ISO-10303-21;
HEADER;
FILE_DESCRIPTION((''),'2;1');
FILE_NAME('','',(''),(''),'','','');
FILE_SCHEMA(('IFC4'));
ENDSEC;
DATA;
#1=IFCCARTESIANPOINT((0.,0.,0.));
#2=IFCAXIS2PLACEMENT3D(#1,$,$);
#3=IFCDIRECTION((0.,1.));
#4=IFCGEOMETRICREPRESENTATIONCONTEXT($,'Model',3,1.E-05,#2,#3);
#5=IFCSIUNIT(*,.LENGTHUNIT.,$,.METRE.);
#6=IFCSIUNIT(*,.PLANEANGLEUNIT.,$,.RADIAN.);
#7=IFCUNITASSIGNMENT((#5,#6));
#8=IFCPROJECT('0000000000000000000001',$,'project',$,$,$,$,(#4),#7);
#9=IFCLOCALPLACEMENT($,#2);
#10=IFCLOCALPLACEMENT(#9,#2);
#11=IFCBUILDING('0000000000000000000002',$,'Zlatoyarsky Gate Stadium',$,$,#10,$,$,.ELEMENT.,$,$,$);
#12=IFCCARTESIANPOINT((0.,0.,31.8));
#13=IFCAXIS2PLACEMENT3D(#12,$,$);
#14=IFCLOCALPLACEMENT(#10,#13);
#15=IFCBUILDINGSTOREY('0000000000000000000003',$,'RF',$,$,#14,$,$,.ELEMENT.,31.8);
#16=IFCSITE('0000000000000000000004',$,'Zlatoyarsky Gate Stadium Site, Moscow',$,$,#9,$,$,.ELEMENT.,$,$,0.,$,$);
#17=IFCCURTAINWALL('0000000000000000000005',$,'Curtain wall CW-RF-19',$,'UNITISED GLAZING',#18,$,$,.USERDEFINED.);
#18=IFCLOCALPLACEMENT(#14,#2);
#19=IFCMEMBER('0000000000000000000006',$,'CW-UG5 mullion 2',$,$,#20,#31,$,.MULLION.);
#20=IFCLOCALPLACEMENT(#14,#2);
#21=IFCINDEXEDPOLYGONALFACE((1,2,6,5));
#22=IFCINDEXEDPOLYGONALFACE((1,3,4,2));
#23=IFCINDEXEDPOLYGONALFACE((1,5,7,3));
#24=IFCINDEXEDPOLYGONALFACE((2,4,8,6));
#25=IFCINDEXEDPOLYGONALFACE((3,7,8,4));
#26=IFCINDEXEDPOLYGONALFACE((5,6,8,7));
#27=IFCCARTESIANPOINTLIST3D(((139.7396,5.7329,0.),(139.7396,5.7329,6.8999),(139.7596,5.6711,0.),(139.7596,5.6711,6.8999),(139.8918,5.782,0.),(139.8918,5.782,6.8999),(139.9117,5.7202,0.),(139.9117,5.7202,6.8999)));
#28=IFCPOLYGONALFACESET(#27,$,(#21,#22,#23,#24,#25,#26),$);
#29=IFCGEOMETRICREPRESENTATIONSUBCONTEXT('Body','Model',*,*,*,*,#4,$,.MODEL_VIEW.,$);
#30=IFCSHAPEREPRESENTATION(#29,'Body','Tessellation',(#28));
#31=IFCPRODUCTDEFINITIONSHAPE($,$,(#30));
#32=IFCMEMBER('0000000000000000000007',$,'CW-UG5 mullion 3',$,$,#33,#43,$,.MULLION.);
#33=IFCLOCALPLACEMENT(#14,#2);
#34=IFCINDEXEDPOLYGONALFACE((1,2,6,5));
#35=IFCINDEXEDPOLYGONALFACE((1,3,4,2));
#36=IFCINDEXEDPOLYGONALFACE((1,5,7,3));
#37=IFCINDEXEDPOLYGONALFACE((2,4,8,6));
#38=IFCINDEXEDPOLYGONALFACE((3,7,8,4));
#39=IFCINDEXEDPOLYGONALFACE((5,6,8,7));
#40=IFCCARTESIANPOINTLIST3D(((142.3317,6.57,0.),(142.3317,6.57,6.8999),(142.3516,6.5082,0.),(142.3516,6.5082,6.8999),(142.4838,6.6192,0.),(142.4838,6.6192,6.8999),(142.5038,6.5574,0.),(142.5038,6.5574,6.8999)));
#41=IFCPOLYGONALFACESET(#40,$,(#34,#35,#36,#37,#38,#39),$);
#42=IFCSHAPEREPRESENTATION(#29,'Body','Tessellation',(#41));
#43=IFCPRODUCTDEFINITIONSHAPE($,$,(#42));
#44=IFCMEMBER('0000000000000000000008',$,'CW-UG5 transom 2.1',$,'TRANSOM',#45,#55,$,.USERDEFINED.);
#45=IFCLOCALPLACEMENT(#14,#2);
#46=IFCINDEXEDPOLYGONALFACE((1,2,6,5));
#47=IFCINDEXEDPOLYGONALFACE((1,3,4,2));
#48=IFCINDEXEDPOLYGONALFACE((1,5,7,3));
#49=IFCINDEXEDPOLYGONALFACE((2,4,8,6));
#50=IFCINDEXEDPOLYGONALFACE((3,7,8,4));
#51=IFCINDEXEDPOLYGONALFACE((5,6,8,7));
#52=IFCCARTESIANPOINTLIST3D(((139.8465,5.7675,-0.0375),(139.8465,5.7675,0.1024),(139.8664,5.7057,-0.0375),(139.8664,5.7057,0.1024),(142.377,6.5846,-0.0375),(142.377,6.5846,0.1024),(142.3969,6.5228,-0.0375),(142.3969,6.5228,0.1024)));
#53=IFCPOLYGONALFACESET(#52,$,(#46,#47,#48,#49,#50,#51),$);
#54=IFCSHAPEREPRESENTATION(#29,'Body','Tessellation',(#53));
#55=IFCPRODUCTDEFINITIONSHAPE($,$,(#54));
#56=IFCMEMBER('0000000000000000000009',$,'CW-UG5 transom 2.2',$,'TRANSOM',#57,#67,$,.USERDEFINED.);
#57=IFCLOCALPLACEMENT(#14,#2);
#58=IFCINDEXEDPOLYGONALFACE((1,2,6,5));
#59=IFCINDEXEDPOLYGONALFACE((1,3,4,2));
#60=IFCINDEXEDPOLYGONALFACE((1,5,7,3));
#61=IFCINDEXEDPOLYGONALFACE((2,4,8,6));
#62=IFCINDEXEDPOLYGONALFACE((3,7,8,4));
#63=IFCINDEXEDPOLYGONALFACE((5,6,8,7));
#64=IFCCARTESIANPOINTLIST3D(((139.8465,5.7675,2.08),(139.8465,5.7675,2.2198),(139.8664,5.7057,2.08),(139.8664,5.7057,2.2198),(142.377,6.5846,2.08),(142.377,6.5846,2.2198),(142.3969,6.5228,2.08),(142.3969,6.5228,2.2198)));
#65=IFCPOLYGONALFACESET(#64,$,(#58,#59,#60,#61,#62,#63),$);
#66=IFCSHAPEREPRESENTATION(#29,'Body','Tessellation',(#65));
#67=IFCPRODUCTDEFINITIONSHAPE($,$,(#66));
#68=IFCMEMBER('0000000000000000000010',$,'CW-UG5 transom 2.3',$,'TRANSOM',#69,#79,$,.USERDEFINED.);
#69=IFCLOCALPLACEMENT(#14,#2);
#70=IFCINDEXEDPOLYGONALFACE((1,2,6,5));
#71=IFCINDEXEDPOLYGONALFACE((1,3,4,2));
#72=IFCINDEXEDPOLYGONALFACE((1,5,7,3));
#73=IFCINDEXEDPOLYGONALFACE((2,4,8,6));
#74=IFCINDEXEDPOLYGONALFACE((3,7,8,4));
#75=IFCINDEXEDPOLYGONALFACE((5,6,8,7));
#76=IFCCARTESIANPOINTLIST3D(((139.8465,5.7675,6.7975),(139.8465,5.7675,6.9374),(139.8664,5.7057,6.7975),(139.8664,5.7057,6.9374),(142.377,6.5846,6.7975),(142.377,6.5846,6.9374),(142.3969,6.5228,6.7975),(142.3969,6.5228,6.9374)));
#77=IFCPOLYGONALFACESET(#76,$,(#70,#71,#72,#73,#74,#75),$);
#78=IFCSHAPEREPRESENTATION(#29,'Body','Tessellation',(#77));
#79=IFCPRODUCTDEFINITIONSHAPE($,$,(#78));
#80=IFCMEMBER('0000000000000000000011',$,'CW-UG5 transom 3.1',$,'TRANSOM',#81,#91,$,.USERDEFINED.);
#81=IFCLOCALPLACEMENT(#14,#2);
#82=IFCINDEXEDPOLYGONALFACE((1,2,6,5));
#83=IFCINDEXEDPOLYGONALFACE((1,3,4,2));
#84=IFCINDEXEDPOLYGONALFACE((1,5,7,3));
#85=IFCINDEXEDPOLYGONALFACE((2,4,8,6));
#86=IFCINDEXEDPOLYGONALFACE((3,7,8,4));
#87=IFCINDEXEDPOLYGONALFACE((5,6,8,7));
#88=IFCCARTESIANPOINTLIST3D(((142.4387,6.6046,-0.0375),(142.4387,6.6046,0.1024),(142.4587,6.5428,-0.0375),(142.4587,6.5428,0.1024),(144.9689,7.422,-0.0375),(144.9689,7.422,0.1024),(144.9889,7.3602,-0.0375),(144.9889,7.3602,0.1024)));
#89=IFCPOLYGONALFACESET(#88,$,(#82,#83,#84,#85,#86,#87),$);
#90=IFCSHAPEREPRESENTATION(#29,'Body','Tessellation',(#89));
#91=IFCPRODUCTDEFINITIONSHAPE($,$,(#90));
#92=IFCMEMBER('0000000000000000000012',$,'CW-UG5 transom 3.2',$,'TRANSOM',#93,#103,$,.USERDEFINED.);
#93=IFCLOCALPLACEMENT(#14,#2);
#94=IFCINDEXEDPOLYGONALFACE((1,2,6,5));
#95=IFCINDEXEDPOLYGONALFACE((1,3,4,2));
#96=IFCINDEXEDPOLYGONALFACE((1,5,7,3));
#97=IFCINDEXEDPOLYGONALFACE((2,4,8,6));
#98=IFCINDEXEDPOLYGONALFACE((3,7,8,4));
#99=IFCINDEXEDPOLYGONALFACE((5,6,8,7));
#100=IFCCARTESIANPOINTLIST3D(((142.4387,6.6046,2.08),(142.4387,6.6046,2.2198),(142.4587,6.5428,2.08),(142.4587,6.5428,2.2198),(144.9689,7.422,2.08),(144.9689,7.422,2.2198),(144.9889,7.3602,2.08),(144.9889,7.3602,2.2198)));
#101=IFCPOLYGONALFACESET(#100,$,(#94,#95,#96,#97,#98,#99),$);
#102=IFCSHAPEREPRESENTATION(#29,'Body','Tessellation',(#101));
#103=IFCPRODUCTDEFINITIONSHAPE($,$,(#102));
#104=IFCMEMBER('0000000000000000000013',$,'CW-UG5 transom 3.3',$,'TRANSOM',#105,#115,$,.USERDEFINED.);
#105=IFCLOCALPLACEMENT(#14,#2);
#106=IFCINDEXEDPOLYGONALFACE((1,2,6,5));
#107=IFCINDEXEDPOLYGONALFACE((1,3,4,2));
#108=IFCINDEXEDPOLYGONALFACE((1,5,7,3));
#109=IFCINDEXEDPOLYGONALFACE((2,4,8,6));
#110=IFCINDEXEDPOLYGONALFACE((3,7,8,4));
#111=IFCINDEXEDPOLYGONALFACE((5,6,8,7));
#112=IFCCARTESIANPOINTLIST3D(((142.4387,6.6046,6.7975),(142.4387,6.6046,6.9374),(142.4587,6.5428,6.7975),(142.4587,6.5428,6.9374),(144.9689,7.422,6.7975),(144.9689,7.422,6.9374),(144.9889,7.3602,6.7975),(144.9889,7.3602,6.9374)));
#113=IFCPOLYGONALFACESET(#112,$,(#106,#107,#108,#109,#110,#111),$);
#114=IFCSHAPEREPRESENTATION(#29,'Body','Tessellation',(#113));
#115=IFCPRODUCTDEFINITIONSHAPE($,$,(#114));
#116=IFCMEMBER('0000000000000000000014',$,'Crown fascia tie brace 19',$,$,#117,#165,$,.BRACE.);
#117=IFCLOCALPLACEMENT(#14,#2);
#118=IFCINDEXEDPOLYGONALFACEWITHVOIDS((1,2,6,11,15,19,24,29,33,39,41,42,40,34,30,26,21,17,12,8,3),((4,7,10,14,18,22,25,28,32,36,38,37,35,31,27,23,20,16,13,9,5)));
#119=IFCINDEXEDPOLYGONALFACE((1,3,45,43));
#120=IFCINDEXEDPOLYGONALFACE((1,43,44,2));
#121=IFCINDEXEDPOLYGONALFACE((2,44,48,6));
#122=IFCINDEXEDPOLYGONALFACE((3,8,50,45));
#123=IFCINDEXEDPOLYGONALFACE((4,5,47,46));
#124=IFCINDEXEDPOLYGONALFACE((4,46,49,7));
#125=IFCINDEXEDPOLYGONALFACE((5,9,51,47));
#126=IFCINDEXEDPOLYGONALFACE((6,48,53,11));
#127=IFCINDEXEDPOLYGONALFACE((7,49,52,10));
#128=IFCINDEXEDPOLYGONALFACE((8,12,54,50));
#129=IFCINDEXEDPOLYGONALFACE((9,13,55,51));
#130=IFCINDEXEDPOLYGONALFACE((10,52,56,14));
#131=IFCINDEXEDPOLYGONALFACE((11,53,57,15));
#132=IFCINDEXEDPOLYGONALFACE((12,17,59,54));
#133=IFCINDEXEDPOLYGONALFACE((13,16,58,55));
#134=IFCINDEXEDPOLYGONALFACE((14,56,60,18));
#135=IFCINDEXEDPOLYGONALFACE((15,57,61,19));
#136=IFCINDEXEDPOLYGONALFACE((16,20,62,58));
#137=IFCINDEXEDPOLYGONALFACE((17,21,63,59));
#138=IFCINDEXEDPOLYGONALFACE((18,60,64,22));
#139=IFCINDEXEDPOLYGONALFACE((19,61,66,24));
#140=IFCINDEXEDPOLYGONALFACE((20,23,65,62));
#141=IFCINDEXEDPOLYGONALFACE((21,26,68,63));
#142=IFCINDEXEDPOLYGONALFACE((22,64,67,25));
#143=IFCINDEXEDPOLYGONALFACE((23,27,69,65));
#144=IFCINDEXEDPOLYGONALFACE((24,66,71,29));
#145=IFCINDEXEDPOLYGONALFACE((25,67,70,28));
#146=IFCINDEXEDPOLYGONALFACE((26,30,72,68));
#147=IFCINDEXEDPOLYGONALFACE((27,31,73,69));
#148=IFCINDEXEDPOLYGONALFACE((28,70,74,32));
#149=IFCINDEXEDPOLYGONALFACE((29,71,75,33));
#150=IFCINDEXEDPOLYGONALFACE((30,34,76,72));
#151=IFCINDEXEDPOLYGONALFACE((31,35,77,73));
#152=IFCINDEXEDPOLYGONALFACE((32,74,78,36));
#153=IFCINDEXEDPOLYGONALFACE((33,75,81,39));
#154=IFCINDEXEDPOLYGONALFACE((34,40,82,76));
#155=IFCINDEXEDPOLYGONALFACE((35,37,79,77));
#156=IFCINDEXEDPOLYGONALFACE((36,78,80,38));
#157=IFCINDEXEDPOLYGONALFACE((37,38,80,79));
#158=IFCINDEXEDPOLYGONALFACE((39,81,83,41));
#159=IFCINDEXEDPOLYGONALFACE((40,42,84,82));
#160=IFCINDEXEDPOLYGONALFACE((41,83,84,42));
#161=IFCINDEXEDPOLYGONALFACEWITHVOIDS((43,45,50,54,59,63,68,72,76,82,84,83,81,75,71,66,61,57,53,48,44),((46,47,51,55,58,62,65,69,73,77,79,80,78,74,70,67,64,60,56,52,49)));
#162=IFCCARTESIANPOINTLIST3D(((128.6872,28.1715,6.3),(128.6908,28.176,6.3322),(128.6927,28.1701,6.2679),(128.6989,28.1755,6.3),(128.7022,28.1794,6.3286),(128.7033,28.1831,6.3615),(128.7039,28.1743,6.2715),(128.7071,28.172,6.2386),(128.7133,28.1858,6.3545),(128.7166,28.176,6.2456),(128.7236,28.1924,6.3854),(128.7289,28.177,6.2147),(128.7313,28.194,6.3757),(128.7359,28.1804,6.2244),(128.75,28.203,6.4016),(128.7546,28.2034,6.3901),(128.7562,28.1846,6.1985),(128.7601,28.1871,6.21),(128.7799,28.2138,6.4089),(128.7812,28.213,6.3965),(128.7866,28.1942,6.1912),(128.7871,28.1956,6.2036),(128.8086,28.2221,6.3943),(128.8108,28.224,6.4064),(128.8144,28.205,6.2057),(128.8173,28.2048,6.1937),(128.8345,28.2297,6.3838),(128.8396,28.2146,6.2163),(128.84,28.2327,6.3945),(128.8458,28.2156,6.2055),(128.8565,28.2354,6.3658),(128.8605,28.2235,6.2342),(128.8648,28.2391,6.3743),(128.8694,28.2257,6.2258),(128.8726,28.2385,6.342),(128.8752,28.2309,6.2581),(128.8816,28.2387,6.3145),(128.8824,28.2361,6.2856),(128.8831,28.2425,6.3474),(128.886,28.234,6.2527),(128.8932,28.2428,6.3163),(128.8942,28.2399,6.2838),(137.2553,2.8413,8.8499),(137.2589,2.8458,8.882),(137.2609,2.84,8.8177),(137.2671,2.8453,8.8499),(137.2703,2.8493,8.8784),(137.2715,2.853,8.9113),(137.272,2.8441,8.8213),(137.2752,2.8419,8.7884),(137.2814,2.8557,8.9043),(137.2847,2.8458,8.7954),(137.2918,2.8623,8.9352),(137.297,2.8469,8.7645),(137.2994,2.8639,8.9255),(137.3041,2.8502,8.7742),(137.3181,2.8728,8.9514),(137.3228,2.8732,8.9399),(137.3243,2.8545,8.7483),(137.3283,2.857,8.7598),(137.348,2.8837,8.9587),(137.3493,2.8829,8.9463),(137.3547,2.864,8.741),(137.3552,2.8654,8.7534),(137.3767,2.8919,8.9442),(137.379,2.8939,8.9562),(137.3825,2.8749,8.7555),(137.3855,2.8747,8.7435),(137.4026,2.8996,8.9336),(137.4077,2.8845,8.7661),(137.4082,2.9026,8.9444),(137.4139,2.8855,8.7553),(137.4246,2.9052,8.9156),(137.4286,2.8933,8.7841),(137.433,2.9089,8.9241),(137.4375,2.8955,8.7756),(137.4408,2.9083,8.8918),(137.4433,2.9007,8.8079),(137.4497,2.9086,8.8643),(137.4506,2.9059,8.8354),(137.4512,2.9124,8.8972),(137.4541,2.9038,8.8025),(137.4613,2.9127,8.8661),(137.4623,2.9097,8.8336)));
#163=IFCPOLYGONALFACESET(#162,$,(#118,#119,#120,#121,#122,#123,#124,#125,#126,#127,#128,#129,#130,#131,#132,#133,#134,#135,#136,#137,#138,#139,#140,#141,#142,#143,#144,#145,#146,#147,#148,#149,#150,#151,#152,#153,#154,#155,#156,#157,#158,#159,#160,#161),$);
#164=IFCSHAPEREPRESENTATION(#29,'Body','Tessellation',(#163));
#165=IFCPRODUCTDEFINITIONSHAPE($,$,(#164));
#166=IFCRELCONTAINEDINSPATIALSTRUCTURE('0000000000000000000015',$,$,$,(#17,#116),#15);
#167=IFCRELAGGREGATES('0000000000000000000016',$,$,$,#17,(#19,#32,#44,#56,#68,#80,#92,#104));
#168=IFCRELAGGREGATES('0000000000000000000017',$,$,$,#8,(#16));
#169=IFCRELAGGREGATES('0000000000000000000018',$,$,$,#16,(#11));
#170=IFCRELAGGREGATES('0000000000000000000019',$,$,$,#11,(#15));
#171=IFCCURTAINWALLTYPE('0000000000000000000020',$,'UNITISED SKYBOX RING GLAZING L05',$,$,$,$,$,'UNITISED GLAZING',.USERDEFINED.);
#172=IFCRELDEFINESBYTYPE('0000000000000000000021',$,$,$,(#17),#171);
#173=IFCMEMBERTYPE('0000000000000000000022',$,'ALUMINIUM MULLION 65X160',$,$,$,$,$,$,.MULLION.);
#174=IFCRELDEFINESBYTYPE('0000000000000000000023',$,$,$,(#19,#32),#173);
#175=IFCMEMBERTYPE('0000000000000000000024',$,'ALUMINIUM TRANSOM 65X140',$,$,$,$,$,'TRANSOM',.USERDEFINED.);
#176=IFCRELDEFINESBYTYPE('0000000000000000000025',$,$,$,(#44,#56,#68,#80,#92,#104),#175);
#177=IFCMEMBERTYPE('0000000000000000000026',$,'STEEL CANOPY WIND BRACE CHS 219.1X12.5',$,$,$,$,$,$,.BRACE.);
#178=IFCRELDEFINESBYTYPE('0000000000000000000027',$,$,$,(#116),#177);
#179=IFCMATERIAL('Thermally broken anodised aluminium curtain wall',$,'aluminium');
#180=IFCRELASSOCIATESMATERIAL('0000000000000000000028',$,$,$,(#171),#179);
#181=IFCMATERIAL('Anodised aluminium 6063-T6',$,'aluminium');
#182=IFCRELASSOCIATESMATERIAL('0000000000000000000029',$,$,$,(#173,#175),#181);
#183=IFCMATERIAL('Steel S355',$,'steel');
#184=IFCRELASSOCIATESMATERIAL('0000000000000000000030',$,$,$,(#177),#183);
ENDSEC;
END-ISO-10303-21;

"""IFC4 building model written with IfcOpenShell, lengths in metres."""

from ifc_helpers import new_model, si_unit, direction, frame, origin, origin_2d, place, context, subcontext, project, spatial, rectangle, hollow_circle, extrude, material, material_profile, profile_set, type_object, element, aggregate, save


model = new_model("IFC4")

# Units and contexts
model_context = context("Model", 3, precision=1e-05, world=origin(), true_north=direction((0.0, 1.0)))
body_context = subcontext(model_context, "Body", "Model", "MODEL_VIEW")
ifc_project = project(units=[si_unit("LENGTHUNIT", "METRE"), si_unit("PLANEANGLEUNIT", "RADIAN")], contexts=[model_context])

# Site, building, storey
site_placement = place(None, origin())
site = spatial("IfcSite", under=ifc_project, at=site_placement, Name="Zlatoyarsky Gate Stadium Site, Moscow", CompositionType="ELEMENT", RefElevation=0.0)
building_placement = place(site_placement, origin())
building = spatial("IfcBuilding", under=site, at=building_placement, Name="Zlatoyarsky Gate Stadium", CompositionType="ELEMENT")
storey_placement = place(building_placement, frame((0.0, 0.0, 31.8)))
storey = spatial("IfcBuildingStorey", under=building, at=storey_placement, Name="RF", CompositionType="ELEMENT", Elevation=31.8)

# Curtain wall, members
ifc_material_1 = material(Name="Thermally broken anodised aluminium curtain wall", Category="aluminium")
curtain_wall_type = type_object("IfcCurtainWallType", Name="UNITISED SKYBOX RING GLAZING L05", ElementType="UNITISED GLAZING", PredefinedType="USERDEFINED", material=ifc_material_1)
curtain_wall_placement = place(storey_placement, origin())
curtain_wall = element("IfcCurtainWall", 1, at=curtain_wall_placement, inside=storey, type_object=curtain_wall_type, Name="Curtain wall CW-RF-19", ObjectType="UNITISED GLAZING", PredefinedType="USERDEFINED")
ifc_material_2 = material(Name="Anodised aluminium 6063-T6", Category="aluminium")
ifc_material_profile_1 = material_profile(ifc_material_2, rectangle(XDim=0.0649, YDim=0.1599, at=origin_2d()), Name="ALU 65X160")
ifc_profile_set_1 = profile_set([ifc_material_profile_1], Name="Anodised aluminium 6063-T6")
member_type_1 = type_object("IfcMemberType", Name="ALUMINIUM MULLION 65X160", PredefinedType="MULLION", material=ifc_profile_set_1)
member_1_placement = place(storey_placement, frame((139.8257, 5.7266, 0.0), z_axis=(0.0, 0.0, 1.0), x_axis=(-0.307352, 0.951596, 0.0)))
member_1 = element("IfcMember", 2, at=member_1_placement, type_object=member_type_1, Name="CW-UG5 mullion 2", PredefinedType="MULLION", context=body_context, shape_type="SweptSolid", body=[
    extrude(rectangle(XDim=0.0649, YDim=0.1599, at=origin_2d()), origin(), (0.0, 0.0, 1.0), 6.8999),
])
member_2_placement = place(storey_placement, frame((142.4177, 6.5637, 0.0), z_axis=(0.0, 0.0, 1.0), x_axis=(-0.307352, 0.951596, 0.0)))
member_2 = element("IfcMember", 3, at=member_2_placement, type_object=member_type_1, Name="CW-UG5 mullion 3", PredefinedType="MULLION", context=body_context, shape_type="SweptSolid", body=[
    extrude(rectangle(XDim=0.0649, YDim=0.1599, at=origin_2d()), origin(), (0.0, 0.0, 1.0), 6.8999),
])
ifc_material_profile_2 = material_profile(ifc_material_2, rectangle(XDim=0.0649, YDim=0.1399, at=origin_2d()), Name="ALU 65X140")
ifc_profile_set_2 = profile_set([ifc_material_profile_2], Name="Anodised aluminium 6063-T6")
member_type_2 = type_object("IfcMemberType", Name="ALUMINIUM TRANSOM 65X140", ElementType="TRANSOM", PredefinedType="USERDEFINED", material=ifc_profile_set_2)
member_3_placement = place(storey_placement, frame((139.8564, 5.7366, 0.0325), z_axis=(0.951616, 0.30729, 0.0), x_axis=(-0.30729, 0.951616, 0.0)))
member_3 = element("IfcMember", 4, at=member_3_placement, type_object=member_type_2, Name="CW-UG5 transom 2.1", ObjectType="TRANSOM", PredefinedType="USERDEFINED", context=body_context, shape_type="SweptSolid", body=[
    extrude(rectangle(XDim=0.0649, YDim=0.1399, at=origin_2d()), origin(), (0.0, 0.0, 1.0), 2.6592),
])
member_4_placement = place(storey_placement, frame((139.8564, 5.7366, 2.1499), z_axis=(0.951616, 0.30729, 0.0), x_axis=(-0.30729, 0.951616, 0.0)))
member_4 = element("IfcMember", 5, at=member_4_placement, type_object=member_type_2, Name="CW-UG5 transom 2.2", ObjectType="TRANSOM", PredefinedType="USERDEFINED", context=body_context, shape_type="SweptSolid", body=[
    extrude(rectangle(XDim=0.0649, YDim=0.1399, at=origin_2d()), origin(), (0.0, 0.0, 1.0), 2.6592),
])
member_5_placement = place(storey_placement, frame((139.8564, 5.7366, 6.8674), z_axis=(0.951616, 0.30729, 0.0), x_axis=(-0.30729, 0.951616, 0.0)))
member_5 = element("IfcMember", 6, at=member_5_placement, type_object=member_type_2, Name="CW-UG5 transom 2.3", ObjectType="TRANSOM", PredefinedType="USERDEFINED", context=body_context, shape_type="SweptSolid", body=[
    extrude(rectangle(XDim=0.0649, YDim=0.1399, at=origin_2d()), origin(), (0.0, 0.0, 1.0), 2.6592),
])
member_6_placement = place(storey_placement, frame((142.4487, 6.5737, 0.0325), z_axis=(0.95158, 0.3074, 0.0), x_axis=(-0.3074, 0.95158, 0.0)))
member_6 = element("IfcMember", 7, at=member_6_placement, type_object=member_type_2, Name="CW-UG5 transom 3.1", ObjectType="TRANSOM", PredefinedType="USERDEFINED", context=body_context, shape_type="SweptSolid", body=[
    extrude(rectangle(XDim=0.0649, YDim=0.1399, at=origin_2d()), origin(), (0.0, 0.0, 1.0), 2.6589),
])
member_7_placement = place(storey_placement, frame((142.4487, 6.5737, 2.1499), z_axis=(0.95158, 0.3074, 0.0), x_axis=(-0.3074, 0.95158, 0.0)))
member_7 = element("IfcMember", 8, at=member_7_placement, type_object=member_type_2, Name="CW-UG5 transom 3.2", ObjectType="TRANSOM", PredefinedType="USERDEFINED", context=body_context, shape_type="SweptSolid", body=[
    extrude(rectangle(XDim=0.0649, YDim=0.1399, at=origin_2d()), origin(), (0.0, 0.0, 1.0), 2.6589),
])
member_8_placement = place(storey_placement, frame((142.4487, 6.5737, 6.8674), z_axis=(0.95158, 0.3074, 0.0), x_axis=(-0.3074, 0.95158, 0.0)))
member_8 = element("IfcMember", 9, at=member_8_placement, type_object=member_type_2, Name="CW-UG5 transom 3.3", ObjectType="TRANSOM", PredefinedType="USERDEFINED", context=body_context, shape_type="SweptSolid", body=[
    extrude(rectangle(XDim=0.0649, YDim=0.1399, at=origin_2d()), origin(), (0.0, 0.0, 1.0), 2.6589),
])

# Member
ifc_material_3 = material(Name="Steel S355", Category="steel")
ifc_material_profile_3 = material_profile(ifc_material_3, hollow_circle(Radius=0.1096, WallThickness=0.0125, at=origin_2d()), Name="CHS 219.1X12.5")
ifc_profile_set_3 = profile_set([ifc_material_profile_3], Name="Steel S355")
member_type_3 = type_object("IfcMemberType", Name="STEEL CANOPY WIND BRACE CHS 219.1X12.5", PredefinedType="BRACE", material=ifc_profile_set_3)
member_9_placement = place(storey_placement, frame((137.3591, 2.8765, 8.8499), z_axis=(-0.318977, 0.942997, -0.094925), x_axis=(-0.947274, -0.320424, 0.0)))
element("IfcMember", 10, at=member_9_placement, inside=storey, type_object=member_type_3, Name="Crown fascia tie brace 19", PredefinedType="BRACE", context=body_context, shape_type="SweptSolid", body=[
    extrude(hollow_circle(Radius=0.1096, WallThickness=0.0125, at=origin_2d()), origin(), (0.0, 0.0, 1.0), 26.8613),
])

aggregate(curtain_wall, [member_1, member_2, member_3, member_4, member_5, member_6, member_7, member_8])

save(model, "model.ifc")
